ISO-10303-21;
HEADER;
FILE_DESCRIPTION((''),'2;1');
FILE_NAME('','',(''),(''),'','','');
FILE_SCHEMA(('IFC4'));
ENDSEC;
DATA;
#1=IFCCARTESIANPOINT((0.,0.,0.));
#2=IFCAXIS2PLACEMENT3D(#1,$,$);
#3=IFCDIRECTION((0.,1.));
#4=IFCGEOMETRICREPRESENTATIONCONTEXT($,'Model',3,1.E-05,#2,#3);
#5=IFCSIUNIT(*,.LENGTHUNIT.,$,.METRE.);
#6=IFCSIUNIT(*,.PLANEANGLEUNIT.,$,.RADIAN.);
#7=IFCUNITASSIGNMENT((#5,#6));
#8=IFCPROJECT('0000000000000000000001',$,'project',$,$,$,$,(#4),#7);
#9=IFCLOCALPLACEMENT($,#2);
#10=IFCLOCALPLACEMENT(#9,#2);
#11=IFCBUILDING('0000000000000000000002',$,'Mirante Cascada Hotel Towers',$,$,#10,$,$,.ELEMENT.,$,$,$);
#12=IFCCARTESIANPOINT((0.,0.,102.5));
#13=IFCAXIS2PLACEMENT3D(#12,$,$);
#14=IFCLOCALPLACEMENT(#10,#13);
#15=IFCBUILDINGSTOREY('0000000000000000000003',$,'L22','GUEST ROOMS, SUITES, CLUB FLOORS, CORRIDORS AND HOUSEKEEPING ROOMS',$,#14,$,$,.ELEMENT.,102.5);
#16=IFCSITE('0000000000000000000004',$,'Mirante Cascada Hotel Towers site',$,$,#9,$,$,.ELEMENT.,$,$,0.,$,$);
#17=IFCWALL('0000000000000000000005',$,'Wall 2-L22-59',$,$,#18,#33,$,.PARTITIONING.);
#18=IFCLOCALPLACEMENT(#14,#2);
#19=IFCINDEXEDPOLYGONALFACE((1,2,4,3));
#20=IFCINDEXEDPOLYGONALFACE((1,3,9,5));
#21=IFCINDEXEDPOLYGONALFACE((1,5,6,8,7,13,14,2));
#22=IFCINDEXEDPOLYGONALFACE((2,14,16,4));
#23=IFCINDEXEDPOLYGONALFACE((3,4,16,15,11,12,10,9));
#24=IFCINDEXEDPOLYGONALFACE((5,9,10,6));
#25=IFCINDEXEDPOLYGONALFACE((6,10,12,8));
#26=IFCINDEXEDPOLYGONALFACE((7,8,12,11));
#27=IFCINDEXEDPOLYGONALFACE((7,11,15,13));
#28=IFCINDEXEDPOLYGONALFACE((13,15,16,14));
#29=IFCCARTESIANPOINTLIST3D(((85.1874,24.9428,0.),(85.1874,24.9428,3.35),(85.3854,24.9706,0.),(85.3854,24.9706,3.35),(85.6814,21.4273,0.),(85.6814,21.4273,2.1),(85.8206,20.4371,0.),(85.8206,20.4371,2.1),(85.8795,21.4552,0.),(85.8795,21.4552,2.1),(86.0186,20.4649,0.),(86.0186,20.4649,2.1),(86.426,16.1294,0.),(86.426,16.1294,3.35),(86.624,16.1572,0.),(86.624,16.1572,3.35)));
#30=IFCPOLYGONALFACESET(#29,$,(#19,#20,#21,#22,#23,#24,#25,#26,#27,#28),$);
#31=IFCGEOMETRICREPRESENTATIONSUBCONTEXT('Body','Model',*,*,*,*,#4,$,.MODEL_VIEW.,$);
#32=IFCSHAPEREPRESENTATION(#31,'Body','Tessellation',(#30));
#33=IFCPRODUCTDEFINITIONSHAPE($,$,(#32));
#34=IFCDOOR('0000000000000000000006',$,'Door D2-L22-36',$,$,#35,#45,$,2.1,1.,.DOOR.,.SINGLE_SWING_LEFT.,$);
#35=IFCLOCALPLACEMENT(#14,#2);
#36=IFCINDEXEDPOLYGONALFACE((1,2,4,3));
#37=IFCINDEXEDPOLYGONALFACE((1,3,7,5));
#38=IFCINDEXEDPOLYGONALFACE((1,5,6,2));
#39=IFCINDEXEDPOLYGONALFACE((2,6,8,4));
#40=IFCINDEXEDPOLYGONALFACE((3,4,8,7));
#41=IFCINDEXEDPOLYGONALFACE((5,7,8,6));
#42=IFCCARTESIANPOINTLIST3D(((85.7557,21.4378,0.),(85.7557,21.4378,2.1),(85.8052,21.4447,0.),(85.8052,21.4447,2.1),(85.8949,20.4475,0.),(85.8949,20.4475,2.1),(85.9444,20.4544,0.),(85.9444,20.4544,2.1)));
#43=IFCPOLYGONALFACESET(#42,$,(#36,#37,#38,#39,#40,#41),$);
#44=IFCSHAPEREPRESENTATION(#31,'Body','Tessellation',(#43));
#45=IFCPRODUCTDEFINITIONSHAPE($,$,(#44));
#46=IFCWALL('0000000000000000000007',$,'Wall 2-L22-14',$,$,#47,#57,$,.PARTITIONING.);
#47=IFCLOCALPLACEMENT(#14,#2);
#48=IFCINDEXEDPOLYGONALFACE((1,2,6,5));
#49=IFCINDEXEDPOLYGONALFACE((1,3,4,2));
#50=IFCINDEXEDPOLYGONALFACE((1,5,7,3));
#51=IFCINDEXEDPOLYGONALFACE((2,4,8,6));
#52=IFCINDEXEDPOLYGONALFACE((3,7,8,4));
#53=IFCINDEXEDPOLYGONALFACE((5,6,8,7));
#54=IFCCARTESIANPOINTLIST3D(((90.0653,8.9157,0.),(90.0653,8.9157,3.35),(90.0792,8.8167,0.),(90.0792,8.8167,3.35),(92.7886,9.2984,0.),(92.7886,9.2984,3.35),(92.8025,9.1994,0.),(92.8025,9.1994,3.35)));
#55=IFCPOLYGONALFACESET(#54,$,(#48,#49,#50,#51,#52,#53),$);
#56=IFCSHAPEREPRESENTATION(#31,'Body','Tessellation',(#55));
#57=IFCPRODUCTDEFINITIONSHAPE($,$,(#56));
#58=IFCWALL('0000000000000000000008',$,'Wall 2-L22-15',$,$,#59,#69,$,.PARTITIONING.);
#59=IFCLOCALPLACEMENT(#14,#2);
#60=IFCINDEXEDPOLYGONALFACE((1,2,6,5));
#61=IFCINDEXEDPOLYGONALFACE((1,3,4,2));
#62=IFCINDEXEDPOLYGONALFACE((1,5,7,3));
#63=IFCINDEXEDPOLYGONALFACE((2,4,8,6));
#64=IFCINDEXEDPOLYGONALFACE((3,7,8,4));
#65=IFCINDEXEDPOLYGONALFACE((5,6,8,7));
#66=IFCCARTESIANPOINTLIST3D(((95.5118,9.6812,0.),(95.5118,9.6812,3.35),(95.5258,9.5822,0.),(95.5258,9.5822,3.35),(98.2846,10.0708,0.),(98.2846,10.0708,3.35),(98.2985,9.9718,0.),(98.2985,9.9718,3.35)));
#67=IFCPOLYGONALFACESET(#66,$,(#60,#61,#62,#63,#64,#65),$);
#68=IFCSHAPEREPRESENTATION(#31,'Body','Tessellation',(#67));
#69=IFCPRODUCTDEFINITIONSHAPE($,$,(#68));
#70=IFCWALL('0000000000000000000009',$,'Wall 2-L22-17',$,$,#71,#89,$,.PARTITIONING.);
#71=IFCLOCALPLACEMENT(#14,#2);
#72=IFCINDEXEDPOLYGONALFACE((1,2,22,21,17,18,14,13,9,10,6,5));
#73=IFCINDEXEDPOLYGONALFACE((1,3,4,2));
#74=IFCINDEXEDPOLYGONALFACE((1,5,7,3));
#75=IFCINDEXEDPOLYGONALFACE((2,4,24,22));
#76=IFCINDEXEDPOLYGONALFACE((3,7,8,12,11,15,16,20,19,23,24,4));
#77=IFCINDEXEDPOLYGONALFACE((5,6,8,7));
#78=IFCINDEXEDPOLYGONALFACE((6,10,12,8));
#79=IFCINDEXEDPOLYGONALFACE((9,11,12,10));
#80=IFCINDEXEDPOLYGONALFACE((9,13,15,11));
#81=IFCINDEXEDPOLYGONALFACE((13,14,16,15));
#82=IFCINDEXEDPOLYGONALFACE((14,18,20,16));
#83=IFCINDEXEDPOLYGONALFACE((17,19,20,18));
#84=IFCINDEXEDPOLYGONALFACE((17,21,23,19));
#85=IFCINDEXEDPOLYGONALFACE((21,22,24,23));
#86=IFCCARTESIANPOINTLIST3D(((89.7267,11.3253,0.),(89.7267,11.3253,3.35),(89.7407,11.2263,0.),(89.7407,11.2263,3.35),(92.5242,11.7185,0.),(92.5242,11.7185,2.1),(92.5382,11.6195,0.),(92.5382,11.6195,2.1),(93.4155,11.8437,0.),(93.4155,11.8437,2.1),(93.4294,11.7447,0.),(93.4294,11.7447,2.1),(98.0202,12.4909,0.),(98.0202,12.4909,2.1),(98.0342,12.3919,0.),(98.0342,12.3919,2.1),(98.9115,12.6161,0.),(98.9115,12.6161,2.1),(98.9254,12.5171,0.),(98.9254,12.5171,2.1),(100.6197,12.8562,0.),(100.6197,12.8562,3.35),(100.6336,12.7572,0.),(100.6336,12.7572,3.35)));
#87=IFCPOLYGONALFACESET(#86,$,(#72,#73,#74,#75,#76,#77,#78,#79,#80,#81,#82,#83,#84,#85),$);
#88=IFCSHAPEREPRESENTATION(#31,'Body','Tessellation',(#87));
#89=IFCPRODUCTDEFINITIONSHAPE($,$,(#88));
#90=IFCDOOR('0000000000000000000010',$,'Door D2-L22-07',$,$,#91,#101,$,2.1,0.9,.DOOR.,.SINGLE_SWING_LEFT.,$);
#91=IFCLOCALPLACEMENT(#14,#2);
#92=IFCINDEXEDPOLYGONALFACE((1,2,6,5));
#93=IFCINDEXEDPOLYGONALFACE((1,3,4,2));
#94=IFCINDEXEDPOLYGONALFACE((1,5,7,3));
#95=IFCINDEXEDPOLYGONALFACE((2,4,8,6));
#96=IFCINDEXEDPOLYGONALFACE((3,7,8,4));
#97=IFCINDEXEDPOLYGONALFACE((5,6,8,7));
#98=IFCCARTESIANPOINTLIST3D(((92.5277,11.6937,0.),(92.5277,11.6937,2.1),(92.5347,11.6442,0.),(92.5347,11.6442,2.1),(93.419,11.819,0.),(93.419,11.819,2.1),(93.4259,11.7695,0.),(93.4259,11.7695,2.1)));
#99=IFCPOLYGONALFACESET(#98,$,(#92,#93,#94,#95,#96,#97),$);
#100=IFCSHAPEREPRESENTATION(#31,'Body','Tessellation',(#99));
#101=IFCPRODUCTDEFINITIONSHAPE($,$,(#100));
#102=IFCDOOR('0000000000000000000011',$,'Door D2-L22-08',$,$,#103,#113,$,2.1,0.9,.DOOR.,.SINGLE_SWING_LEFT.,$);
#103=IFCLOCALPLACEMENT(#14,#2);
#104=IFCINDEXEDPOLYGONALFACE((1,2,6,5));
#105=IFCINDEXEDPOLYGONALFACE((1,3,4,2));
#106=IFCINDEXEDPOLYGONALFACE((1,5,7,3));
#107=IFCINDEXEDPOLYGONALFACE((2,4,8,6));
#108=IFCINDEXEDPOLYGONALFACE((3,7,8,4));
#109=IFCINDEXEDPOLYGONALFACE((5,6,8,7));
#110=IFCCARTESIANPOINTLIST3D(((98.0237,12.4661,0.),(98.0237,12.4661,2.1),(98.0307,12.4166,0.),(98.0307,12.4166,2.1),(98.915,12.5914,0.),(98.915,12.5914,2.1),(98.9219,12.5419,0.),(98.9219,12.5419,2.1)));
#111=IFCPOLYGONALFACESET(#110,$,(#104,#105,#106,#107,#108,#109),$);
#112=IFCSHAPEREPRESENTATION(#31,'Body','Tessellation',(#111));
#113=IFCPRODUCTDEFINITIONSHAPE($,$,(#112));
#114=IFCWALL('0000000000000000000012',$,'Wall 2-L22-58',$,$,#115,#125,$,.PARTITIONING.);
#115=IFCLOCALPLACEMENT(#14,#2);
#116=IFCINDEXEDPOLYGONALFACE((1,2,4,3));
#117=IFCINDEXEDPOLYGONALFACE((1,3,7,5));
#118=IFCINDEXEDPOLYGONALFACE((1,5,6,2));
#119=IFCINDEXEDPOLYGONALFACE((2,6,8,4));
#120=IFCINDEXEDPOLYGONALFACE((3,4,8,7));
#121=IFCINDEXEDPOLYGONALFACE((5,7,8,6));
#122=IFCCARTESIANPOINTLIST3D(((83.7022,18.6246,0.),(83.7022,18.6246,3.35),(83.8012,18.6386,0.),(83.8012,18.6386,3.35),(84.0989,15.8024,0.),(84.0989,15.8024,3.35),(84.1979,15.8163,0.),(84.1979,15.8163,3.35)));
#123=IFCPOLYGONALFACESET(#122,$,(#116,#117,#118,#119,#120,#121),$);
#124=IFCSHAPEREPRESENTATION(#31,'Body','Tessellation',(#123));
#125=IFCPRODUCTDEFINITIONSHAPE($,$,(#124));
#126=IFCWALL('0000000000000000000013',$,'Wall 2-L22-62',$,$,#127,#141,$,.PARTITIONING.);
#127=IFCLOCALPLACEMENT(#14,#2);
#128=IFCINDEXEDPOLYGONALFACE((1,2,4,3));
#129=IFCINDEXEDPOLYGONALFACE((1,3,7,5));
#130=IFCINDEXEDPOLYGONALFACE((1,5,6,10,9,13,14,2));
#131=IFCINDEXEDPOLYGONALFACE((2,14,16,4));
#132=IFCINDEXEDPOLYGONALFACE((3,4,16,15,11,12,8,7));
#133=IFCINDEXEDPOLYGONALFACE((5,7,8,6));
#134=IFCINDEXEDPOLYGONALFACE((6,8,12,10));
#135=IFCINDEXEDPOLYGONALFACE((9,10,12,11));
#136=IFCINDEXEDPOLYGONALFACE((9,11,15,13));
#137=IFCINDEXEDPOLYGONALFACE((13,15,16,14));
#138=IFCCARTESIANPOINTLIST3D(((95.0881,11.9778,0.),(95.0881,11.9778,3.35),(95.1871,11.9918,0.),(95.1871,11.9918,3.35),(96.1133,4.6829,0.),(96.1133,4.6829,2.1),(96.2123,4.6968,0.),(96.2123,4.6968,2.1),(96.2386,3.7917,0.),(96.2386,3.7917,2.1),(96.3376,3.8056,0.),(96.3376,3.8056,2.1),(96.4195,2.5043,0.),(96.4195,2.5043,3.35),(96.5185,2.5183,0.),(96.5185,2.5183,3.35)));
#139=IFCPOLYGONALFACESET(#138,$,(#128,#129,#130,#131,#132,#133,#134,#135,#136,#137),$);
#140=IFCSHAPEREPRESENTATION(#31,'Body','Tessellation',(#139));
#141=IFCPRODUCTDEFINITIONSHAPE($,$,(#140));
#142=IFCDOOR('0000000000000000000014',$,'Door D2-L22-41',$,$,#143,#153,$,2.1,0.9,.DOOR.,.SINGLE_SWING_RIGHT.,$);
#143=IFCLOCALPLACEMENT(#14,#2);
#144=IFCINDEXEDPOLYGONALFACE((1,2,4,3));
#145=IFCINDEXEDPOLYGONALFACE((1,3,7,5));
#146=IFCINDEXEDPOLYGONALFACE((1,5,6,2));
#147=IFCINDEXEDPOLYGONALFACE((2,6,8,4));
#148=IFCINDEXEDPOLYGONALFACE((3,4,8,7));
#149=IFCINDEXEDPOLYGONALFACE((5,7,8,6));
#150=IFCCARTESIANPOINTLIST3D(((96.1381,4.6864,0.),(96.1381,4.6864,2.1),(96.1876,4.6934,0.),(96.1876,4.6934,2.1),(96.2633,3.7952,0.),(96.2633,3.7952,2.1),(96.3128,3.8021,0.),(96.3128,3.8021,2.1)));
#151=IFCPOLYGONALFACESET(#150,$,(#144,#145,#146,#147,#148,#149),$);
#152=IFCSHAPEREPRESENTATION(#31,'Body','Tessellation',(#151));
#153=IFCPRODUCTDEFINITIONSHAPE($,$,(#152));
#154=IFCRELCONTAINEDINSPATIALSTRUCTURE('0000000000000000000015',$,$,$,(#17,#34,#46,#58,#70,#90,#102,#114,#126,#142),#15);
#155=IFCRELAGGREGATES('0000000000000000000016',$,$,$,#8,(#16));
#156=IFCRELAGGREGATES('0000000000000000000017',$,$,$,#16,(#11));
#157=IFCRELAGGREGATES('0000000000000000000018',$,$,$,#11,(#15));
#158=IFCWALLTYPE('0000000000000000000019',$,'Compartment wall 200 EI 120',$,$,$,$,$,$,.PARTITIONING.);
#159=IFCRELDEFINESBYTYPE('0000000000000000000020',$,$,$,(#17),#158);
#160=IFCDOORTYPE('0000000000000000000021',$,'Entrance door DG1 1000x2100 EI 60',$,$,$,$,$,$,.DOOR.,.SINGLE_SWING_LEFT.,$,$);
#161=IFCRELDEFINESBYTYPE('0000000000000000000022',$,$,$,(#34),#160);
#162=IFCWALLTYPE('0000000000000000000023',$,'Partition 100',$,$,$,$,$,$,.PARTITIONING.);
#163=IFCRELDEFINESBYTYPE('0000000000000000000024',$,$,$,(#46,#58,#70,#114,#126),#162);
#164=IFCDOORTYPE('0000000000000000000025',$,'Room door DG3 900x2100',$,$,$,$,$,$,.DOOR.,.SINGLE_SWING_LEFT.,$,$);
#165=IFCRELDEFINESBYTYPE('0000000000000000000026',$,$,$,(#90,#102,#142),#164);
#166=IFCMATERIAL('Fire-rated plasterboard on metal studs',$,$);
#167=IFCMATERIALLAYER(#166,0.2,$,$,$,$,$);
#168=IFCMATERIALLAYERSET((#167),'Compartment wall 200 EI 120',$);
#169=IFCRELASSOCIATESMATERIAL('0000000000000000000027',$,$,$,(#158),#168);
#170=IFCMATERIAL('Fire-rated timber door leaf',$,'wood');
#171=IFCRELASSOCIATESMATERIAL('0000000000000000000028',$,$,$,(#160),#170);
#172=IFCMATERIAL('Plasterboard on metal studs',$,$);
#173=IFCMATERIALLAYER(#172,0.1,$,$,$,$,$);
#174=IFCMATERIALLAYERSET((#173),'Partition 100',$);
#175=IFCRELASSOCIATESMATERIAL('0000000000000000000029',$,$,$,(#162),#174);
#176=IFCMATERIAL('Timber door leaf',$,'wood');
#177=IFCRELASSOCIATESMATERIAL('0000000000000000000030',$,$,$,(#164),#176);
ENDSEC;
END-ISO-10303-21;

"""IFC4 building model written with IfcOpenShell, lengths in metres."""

from ifc_helpers import new_model, si_unit, direction, frame, frame_2d, origin, place, context, subcontext, project, spatial, rectangle, extrude, material, layer, layer_set, type_object, element, fill, save


model = new_model("IFC4")

# Units and contexts
model_context = context("Model", 3, precision=1e-05, world=origin(), true_north=direction((0.0, 1.0)))
body_context = subcontext(model_context, "Body", "Model", "MODEL_VIEW")
ifc_project = project(units=[si_unit("LENGTHUNIT", "METRE"), si_unit("PLANEANGLEUNIT", "RADIAN")], contexts=[model_context])

# Site, building, storey
site_placement = place(None, origin())
site = spatial("IfcSite", under=ifc_project, at=site_placement, Name="Mirante Cascada Hotel Towers site", CompositionType="ELEMENT", RefElevation=0.0)
building_placement = place(site_placement, origin())
building = spatial("IfcBuilding", under=site, at=building_placement, Name="Mirante Cascada Hotel Towers", CompositionType="ELEMENT")
storey_placement = place(building_placement, frame((0.0, 0.0, 102.5)))
storey = spatial("IfcBuildingStorey", under=building, at=storey_placement, Name="L22", Description="GUEST ROOMS, SUITES, CLUB FLOORS, CORRIDORS AND HOUSEKEEPING ROOMS", CompositionType="ELEMENT", Elevation=102.5)

# Shared definitions
ifc_material_1 = material(Name="Fire-rated plasterboard on metal studs")
ifc_layer_1 = layer(ifc_material_1, 0.2)
ifc_layer_set_1 = layer_set([ifc_layer_1], Name="Compartment wall 200 EI 120")
wall_type_1 = type_object("IfcWallType", Name="Compartment wall 200 EI 120", PredefinedType="PARTITIONING", material=ifc_layer_set_1)

# Shared definitions
ifc_material_2 = material(Name="Fire-rated timber door leaf", Category="wood")
door_type_1 = type_object("IfcDoorType", Name="Entrance door DG1 1000x2100 EI 60", OperationType="SINGLE_SWING_LEFT", PredefinedType="DOOR", material=ifc_material_2)

# Wall, opening, door
wall_1_placement = place(storey_placement, frame((86.525, 16.1433, 0.0), z_axis=(0.0, 0.0, 1.0), x_axis=(-0.139168, 0.990269, 0.0)))
wall_1 = element("IfcWall", 1, at=wall_1_placement, inside=storey, type_object=wall_type_1, Name="Wall 2-L22-59", PredefinedType="PARTITIONING", context=body_context, shape_type="SweptSolid", body=[
    extrude(rectangle(XDim=8.9, YDim=0.2, at=frame_2d((4.45, 0.0))), origin(), (0.0, 0.0, 1.0), 3.35),
])
opening_1_placement = place(wall_1_placement, frame((4.35, 0.0, 0.0)))
opening_1 = element("IfcOpeningElement", 2, at=opening_1_placement, cuts=wall_1, PredefinedType="OPENING", context=body_context, shape_type="SweptSolid", body=[
    extrude(rectangle(XDim=1.0, YDim=2.1, at=frame_2d((0.5, 1.05))), frame((0.0, 0.1, 0.0), z_axis=(0.0, -1.0, 0.0), x_axis=(1.0, 0.0, 0.0)), (0.0, 0.0, 1.0), 0.2),
])
door_1_placement = place(opening_1_placement, origin())
door_1 = element("IfcDoor", 3, at=door_1_placement, inside=storey, type_object=door_type_1, Name="Door D2-L22-36", OperationType="SINGLE_SWING_LEFT", OverallHeight=2.1, OverallWidth=1.0, PredefinedType="DOOR", context=body_context, shape_type="SweptSolid", body=[
    extrude(rectangle(XDim=1.0, YDim=2.1, at=frame_2d((0.5, 1.05))), frame((0.0, 0.025, 0.0), z_axis=(0.0, -1.0, 0.0), x_axis=(1.0, 0.0, 0.0)), (0.0, 0.0, 1.0), 0.05),
])
fill(opening_1, door_1)

# Walls
ifc_material_3 = material(Name="Plasterboard on metal studs")
ifc_layer_2 = layer(ifc_material_3, 0.1)
ifc_layer_set_2 = layer_set([ifc_layer_2], Name="Partition 100")
wall_type_2 = type_object("IfcWallType", Name="Partition 100", PredefinedType="PARTITIONING", material=ifc_layer_set_2)
wall_2_placement = place(storey_placement, frame((92.7956, 9.2489, 0.0), z_axis=(0.0, 0.0, 1.0), x_axis=(-0.99027, -0.139161, 0.0)))
element("IfcWall", 4, at=wall_2_placement, inside=storey, type_object=wall_type_2, Name="Wall 2-L22-14", PredefinedType="PARTITIONING", context=body_context, shape_type="SweptSolid", body=[
    extrude(rectangle(XDim=2.7501, YDim=0.1, at=frame_2d((1.3751, 0.0))), origin(), (0.0, 0.0, 1.0), 3.35),
])
wall_3_placement = place(storey_placement, frame((95.5188, 9.6317, 0.0), z_axis=(0.0, 0.0, 1.0), x_axis=(0.990273, 0.139141, 0.0)))
element("IfcWall", 5, at=wall_3_placement, inside=storey, type_object=wall_type_2, Name="Wall 2-L22-15", PredefinedType="PARTITIONING", context=body_context, shape_type="SweptSolid", body=[
    extrude(rectangle(XDim=2.8, YDim=0.1, at=frame_2d((1.4, 0.0))), origin(), (0.0, 0.0, 1.0), 3.35),
])

# Wall, openings, doors
wall_4_placement = place(storey_placement, frame((89.7337, 11.2758, 0.0), z_axis=(0.0, 0.0, 1.0), x_axis=(0.990268, 0.139173, 0.0)))
wall_4 = element("IfcWall", 6, at=wall_4_placement, inside=storey, type_object=wall_type_2, Name="Wall 2-L22-17", PredefinedType="PARTITIONING", context=body_context, shape_type="SweptSolid", body=[
    extrude(rectangle(XDim=11.0, YDim=0.1, at=frame_2d((5.5, 0.0))), origin(), (0.0, 0.0, 1.0), 3.35),
])
opening_2_placement = place(wall_4_placement, frame((2.825, 0.0, 0.0)))
opening_2 = element("IfcOpeningElement", 7, at=opening_2_placement, cuts=wall_4, PredefinedType="OPENING", context=body_context, shape_type="SweptSolid", body=[
    extrude(rectangle(XDim=0.9, YDim=2.1, at=frame_2d((0.45, 1.05))), frame((0.0, 0.05, 0.0), z_axis=(0.0, -1.0, 0.0), x_axis=(1.0, 0.0, 0.0)), (0.0, 0.0, 1.0), 0.1),
])
opening_3_placement = place(wall_4_placement, frame((8.375, 0.0, 0.0)))
opening_3 = element("IfcOpeningElement", 8, at=opening_3_placement, cuts=wall_4, PredefinedType="OPENING", context=body_context, shape_type="SweptSolid", body=[
    extrude(rectangle(XDim=0.9, YDim=2.1, at=frame_2d((0.45, 1.05))), frame((0.0, 0.05, 0.0), z_axis=(0.0, -1.0, 0.0), x_axis=(1.0, 0.0, 0.0)), (0.0, 0.0, 1.0), 0.1),
])
ifc_material_4 = material(Name="Timber door leaf", Category="wood")
door_type_2 = type_object("IfcDoorType", Name="Room door DG3 900x2100", OperationType="SINGLE_SWING_LEFT", PredefinedType="DOOR", material=ifc_material_4)
door_2_placement = place(opening_2_placement, origin())
door_2 = element("IfcDoor", 9, at=door_2_placement, inside=storey, type_object=door_type_2, Name="Door D2-L22-07", OperationType="SINGLE_SWING_LEFT", OverallHeight=2.1, OverallWidth=0.9, PredefinedType="DOOR", context=body_context, shape_type="SweptSolid", body=[
    extrude(rectangle(XDim=0.9, YDim=2.1, at=frame_2d((0.45, 1.05))), frame((0.0, 0.025, 0.0), z_axis=(0.0, -1.0, 0.0), x_axis=(1.0, 0.0, 0.0)), (0.0, 0.0, 1.0), 0.05),
])
fill(opening_2, door_2)
door_3_placement = place(opening_3_placement, origin())
door_3 = element("IfcDoor", 10, at=door_3_placement, inside=storey, type_object=door_type_2, Name="Door D2-L22-08", OperationType="SINGLE_SWING_LEFT", OverallHeight=2.1, OverallWidth=0.9, PredefinedType="DOOR", context=body_context, shape_type="SweptSolid", body=[
    extrude(rectangle(XDim=0.9, YDim=2.1, at=frame_2d((0.45, 1.05))), frame((0.0, 0.025, 0.0), z_axis=(0.0, -1.0, 0.0), x_axis=(1.0, 0.0, 0.0)), (0.0, 0.0, 1.0), 0.05),
])
fill(opening_3, door_3)

# Wall
wall_5_placement = place(storey_placement, frame((83.7517, 18.6316, 0.0), z_axis=(0.0, 0.0, 1.0), x_axis=(0.139191, -0.990266, 0.0)))
element("IfcWall", 11, at=wall_5_placement, inside=storey, type_object=wall_type_2, Name="Wall 2-L22-58", PredefinedType="PARTITIONING", context=body_context, shape_type="SweptSolid", body=[
    extrude(rectangle(XDim=2.85, YDim=0.1, at=frame_2d((1.425, 0.0))), origin(), (0.0, 0.0, 1.0), 3.35),
])

# Wall, opening, door
wall_6_placement = place(storey_placement, frame((95.1376, 11.9848, 0.0), z_axis=(0.0, 0.0, 1.0), x_axis=(0.139172, -0.990268, 0.0)))
wall_6 = element("IfcWall", 12, at=wall_6_placement, inside=storey, type_object=wall_type_2, Name="Wall 2-L22-62", PredefinedType="PARTITIONING", context=body_context, shape_type="SweptSolid", body=[
    extrude(rectangle(XDim=9.5666, YDim=0.1, at=frame_2d((4.7833, 0.0))), origin(), (0.0, 0.0, 1.0), 3.35),
])
opening_4_placement = place(wall_6_placement, frame((7.3666, 0.0, 0.0)))
opening_4 = element("IfcOpeningElement", 13, at=opening_4_placement, cuts=wall_6, PredefinedType="OPENING", context=body_context, shape_type="SweptSolid", body=[
    extrude(rectangle(XDim=0.9, YDim=2.1, at=frame_2d((0.45, 1.05))), frame((0.0, 0.05, 0.0), z_axis=(0.0, -1.0, 0.0), x_axis=(1.0, 0.0, 0.0)), (0.0, 0.0, 1.0), 0.1),
])
door_4_placement = place(opening_4_placement, frame((0.9, 0.0, 0.0), z_axis=(0.0, 0.0, 1.0), x_axis=(-1.0, 0.0, 0.0)))
door_4 = element("IfcDoor", 14, at=door_4_placement, inside=storey, type_object=door_type_2, Name="Door D2-L22-41", OperationType="SINGLE_SWING_RIGHT", OverallHeight=2.1, OverallWidth=0.9, PredefinedType="DOOR", context=body_context, shape_type="SweptSolid", body=[
    extrude(rectangle(XDim=0.9, YDim=2.1, at=frame_2d((0.45, 1.05))), frame((0.0, 0.025, 0.0), z_axis=(0.0, -1.0, 0.0), x_axis=(1.0, 0.0, 0.0)), (0.0, 0.0, 1.0), 0.05),
])
fill(opening_4, door_4)

save(model, "model.ifc")
